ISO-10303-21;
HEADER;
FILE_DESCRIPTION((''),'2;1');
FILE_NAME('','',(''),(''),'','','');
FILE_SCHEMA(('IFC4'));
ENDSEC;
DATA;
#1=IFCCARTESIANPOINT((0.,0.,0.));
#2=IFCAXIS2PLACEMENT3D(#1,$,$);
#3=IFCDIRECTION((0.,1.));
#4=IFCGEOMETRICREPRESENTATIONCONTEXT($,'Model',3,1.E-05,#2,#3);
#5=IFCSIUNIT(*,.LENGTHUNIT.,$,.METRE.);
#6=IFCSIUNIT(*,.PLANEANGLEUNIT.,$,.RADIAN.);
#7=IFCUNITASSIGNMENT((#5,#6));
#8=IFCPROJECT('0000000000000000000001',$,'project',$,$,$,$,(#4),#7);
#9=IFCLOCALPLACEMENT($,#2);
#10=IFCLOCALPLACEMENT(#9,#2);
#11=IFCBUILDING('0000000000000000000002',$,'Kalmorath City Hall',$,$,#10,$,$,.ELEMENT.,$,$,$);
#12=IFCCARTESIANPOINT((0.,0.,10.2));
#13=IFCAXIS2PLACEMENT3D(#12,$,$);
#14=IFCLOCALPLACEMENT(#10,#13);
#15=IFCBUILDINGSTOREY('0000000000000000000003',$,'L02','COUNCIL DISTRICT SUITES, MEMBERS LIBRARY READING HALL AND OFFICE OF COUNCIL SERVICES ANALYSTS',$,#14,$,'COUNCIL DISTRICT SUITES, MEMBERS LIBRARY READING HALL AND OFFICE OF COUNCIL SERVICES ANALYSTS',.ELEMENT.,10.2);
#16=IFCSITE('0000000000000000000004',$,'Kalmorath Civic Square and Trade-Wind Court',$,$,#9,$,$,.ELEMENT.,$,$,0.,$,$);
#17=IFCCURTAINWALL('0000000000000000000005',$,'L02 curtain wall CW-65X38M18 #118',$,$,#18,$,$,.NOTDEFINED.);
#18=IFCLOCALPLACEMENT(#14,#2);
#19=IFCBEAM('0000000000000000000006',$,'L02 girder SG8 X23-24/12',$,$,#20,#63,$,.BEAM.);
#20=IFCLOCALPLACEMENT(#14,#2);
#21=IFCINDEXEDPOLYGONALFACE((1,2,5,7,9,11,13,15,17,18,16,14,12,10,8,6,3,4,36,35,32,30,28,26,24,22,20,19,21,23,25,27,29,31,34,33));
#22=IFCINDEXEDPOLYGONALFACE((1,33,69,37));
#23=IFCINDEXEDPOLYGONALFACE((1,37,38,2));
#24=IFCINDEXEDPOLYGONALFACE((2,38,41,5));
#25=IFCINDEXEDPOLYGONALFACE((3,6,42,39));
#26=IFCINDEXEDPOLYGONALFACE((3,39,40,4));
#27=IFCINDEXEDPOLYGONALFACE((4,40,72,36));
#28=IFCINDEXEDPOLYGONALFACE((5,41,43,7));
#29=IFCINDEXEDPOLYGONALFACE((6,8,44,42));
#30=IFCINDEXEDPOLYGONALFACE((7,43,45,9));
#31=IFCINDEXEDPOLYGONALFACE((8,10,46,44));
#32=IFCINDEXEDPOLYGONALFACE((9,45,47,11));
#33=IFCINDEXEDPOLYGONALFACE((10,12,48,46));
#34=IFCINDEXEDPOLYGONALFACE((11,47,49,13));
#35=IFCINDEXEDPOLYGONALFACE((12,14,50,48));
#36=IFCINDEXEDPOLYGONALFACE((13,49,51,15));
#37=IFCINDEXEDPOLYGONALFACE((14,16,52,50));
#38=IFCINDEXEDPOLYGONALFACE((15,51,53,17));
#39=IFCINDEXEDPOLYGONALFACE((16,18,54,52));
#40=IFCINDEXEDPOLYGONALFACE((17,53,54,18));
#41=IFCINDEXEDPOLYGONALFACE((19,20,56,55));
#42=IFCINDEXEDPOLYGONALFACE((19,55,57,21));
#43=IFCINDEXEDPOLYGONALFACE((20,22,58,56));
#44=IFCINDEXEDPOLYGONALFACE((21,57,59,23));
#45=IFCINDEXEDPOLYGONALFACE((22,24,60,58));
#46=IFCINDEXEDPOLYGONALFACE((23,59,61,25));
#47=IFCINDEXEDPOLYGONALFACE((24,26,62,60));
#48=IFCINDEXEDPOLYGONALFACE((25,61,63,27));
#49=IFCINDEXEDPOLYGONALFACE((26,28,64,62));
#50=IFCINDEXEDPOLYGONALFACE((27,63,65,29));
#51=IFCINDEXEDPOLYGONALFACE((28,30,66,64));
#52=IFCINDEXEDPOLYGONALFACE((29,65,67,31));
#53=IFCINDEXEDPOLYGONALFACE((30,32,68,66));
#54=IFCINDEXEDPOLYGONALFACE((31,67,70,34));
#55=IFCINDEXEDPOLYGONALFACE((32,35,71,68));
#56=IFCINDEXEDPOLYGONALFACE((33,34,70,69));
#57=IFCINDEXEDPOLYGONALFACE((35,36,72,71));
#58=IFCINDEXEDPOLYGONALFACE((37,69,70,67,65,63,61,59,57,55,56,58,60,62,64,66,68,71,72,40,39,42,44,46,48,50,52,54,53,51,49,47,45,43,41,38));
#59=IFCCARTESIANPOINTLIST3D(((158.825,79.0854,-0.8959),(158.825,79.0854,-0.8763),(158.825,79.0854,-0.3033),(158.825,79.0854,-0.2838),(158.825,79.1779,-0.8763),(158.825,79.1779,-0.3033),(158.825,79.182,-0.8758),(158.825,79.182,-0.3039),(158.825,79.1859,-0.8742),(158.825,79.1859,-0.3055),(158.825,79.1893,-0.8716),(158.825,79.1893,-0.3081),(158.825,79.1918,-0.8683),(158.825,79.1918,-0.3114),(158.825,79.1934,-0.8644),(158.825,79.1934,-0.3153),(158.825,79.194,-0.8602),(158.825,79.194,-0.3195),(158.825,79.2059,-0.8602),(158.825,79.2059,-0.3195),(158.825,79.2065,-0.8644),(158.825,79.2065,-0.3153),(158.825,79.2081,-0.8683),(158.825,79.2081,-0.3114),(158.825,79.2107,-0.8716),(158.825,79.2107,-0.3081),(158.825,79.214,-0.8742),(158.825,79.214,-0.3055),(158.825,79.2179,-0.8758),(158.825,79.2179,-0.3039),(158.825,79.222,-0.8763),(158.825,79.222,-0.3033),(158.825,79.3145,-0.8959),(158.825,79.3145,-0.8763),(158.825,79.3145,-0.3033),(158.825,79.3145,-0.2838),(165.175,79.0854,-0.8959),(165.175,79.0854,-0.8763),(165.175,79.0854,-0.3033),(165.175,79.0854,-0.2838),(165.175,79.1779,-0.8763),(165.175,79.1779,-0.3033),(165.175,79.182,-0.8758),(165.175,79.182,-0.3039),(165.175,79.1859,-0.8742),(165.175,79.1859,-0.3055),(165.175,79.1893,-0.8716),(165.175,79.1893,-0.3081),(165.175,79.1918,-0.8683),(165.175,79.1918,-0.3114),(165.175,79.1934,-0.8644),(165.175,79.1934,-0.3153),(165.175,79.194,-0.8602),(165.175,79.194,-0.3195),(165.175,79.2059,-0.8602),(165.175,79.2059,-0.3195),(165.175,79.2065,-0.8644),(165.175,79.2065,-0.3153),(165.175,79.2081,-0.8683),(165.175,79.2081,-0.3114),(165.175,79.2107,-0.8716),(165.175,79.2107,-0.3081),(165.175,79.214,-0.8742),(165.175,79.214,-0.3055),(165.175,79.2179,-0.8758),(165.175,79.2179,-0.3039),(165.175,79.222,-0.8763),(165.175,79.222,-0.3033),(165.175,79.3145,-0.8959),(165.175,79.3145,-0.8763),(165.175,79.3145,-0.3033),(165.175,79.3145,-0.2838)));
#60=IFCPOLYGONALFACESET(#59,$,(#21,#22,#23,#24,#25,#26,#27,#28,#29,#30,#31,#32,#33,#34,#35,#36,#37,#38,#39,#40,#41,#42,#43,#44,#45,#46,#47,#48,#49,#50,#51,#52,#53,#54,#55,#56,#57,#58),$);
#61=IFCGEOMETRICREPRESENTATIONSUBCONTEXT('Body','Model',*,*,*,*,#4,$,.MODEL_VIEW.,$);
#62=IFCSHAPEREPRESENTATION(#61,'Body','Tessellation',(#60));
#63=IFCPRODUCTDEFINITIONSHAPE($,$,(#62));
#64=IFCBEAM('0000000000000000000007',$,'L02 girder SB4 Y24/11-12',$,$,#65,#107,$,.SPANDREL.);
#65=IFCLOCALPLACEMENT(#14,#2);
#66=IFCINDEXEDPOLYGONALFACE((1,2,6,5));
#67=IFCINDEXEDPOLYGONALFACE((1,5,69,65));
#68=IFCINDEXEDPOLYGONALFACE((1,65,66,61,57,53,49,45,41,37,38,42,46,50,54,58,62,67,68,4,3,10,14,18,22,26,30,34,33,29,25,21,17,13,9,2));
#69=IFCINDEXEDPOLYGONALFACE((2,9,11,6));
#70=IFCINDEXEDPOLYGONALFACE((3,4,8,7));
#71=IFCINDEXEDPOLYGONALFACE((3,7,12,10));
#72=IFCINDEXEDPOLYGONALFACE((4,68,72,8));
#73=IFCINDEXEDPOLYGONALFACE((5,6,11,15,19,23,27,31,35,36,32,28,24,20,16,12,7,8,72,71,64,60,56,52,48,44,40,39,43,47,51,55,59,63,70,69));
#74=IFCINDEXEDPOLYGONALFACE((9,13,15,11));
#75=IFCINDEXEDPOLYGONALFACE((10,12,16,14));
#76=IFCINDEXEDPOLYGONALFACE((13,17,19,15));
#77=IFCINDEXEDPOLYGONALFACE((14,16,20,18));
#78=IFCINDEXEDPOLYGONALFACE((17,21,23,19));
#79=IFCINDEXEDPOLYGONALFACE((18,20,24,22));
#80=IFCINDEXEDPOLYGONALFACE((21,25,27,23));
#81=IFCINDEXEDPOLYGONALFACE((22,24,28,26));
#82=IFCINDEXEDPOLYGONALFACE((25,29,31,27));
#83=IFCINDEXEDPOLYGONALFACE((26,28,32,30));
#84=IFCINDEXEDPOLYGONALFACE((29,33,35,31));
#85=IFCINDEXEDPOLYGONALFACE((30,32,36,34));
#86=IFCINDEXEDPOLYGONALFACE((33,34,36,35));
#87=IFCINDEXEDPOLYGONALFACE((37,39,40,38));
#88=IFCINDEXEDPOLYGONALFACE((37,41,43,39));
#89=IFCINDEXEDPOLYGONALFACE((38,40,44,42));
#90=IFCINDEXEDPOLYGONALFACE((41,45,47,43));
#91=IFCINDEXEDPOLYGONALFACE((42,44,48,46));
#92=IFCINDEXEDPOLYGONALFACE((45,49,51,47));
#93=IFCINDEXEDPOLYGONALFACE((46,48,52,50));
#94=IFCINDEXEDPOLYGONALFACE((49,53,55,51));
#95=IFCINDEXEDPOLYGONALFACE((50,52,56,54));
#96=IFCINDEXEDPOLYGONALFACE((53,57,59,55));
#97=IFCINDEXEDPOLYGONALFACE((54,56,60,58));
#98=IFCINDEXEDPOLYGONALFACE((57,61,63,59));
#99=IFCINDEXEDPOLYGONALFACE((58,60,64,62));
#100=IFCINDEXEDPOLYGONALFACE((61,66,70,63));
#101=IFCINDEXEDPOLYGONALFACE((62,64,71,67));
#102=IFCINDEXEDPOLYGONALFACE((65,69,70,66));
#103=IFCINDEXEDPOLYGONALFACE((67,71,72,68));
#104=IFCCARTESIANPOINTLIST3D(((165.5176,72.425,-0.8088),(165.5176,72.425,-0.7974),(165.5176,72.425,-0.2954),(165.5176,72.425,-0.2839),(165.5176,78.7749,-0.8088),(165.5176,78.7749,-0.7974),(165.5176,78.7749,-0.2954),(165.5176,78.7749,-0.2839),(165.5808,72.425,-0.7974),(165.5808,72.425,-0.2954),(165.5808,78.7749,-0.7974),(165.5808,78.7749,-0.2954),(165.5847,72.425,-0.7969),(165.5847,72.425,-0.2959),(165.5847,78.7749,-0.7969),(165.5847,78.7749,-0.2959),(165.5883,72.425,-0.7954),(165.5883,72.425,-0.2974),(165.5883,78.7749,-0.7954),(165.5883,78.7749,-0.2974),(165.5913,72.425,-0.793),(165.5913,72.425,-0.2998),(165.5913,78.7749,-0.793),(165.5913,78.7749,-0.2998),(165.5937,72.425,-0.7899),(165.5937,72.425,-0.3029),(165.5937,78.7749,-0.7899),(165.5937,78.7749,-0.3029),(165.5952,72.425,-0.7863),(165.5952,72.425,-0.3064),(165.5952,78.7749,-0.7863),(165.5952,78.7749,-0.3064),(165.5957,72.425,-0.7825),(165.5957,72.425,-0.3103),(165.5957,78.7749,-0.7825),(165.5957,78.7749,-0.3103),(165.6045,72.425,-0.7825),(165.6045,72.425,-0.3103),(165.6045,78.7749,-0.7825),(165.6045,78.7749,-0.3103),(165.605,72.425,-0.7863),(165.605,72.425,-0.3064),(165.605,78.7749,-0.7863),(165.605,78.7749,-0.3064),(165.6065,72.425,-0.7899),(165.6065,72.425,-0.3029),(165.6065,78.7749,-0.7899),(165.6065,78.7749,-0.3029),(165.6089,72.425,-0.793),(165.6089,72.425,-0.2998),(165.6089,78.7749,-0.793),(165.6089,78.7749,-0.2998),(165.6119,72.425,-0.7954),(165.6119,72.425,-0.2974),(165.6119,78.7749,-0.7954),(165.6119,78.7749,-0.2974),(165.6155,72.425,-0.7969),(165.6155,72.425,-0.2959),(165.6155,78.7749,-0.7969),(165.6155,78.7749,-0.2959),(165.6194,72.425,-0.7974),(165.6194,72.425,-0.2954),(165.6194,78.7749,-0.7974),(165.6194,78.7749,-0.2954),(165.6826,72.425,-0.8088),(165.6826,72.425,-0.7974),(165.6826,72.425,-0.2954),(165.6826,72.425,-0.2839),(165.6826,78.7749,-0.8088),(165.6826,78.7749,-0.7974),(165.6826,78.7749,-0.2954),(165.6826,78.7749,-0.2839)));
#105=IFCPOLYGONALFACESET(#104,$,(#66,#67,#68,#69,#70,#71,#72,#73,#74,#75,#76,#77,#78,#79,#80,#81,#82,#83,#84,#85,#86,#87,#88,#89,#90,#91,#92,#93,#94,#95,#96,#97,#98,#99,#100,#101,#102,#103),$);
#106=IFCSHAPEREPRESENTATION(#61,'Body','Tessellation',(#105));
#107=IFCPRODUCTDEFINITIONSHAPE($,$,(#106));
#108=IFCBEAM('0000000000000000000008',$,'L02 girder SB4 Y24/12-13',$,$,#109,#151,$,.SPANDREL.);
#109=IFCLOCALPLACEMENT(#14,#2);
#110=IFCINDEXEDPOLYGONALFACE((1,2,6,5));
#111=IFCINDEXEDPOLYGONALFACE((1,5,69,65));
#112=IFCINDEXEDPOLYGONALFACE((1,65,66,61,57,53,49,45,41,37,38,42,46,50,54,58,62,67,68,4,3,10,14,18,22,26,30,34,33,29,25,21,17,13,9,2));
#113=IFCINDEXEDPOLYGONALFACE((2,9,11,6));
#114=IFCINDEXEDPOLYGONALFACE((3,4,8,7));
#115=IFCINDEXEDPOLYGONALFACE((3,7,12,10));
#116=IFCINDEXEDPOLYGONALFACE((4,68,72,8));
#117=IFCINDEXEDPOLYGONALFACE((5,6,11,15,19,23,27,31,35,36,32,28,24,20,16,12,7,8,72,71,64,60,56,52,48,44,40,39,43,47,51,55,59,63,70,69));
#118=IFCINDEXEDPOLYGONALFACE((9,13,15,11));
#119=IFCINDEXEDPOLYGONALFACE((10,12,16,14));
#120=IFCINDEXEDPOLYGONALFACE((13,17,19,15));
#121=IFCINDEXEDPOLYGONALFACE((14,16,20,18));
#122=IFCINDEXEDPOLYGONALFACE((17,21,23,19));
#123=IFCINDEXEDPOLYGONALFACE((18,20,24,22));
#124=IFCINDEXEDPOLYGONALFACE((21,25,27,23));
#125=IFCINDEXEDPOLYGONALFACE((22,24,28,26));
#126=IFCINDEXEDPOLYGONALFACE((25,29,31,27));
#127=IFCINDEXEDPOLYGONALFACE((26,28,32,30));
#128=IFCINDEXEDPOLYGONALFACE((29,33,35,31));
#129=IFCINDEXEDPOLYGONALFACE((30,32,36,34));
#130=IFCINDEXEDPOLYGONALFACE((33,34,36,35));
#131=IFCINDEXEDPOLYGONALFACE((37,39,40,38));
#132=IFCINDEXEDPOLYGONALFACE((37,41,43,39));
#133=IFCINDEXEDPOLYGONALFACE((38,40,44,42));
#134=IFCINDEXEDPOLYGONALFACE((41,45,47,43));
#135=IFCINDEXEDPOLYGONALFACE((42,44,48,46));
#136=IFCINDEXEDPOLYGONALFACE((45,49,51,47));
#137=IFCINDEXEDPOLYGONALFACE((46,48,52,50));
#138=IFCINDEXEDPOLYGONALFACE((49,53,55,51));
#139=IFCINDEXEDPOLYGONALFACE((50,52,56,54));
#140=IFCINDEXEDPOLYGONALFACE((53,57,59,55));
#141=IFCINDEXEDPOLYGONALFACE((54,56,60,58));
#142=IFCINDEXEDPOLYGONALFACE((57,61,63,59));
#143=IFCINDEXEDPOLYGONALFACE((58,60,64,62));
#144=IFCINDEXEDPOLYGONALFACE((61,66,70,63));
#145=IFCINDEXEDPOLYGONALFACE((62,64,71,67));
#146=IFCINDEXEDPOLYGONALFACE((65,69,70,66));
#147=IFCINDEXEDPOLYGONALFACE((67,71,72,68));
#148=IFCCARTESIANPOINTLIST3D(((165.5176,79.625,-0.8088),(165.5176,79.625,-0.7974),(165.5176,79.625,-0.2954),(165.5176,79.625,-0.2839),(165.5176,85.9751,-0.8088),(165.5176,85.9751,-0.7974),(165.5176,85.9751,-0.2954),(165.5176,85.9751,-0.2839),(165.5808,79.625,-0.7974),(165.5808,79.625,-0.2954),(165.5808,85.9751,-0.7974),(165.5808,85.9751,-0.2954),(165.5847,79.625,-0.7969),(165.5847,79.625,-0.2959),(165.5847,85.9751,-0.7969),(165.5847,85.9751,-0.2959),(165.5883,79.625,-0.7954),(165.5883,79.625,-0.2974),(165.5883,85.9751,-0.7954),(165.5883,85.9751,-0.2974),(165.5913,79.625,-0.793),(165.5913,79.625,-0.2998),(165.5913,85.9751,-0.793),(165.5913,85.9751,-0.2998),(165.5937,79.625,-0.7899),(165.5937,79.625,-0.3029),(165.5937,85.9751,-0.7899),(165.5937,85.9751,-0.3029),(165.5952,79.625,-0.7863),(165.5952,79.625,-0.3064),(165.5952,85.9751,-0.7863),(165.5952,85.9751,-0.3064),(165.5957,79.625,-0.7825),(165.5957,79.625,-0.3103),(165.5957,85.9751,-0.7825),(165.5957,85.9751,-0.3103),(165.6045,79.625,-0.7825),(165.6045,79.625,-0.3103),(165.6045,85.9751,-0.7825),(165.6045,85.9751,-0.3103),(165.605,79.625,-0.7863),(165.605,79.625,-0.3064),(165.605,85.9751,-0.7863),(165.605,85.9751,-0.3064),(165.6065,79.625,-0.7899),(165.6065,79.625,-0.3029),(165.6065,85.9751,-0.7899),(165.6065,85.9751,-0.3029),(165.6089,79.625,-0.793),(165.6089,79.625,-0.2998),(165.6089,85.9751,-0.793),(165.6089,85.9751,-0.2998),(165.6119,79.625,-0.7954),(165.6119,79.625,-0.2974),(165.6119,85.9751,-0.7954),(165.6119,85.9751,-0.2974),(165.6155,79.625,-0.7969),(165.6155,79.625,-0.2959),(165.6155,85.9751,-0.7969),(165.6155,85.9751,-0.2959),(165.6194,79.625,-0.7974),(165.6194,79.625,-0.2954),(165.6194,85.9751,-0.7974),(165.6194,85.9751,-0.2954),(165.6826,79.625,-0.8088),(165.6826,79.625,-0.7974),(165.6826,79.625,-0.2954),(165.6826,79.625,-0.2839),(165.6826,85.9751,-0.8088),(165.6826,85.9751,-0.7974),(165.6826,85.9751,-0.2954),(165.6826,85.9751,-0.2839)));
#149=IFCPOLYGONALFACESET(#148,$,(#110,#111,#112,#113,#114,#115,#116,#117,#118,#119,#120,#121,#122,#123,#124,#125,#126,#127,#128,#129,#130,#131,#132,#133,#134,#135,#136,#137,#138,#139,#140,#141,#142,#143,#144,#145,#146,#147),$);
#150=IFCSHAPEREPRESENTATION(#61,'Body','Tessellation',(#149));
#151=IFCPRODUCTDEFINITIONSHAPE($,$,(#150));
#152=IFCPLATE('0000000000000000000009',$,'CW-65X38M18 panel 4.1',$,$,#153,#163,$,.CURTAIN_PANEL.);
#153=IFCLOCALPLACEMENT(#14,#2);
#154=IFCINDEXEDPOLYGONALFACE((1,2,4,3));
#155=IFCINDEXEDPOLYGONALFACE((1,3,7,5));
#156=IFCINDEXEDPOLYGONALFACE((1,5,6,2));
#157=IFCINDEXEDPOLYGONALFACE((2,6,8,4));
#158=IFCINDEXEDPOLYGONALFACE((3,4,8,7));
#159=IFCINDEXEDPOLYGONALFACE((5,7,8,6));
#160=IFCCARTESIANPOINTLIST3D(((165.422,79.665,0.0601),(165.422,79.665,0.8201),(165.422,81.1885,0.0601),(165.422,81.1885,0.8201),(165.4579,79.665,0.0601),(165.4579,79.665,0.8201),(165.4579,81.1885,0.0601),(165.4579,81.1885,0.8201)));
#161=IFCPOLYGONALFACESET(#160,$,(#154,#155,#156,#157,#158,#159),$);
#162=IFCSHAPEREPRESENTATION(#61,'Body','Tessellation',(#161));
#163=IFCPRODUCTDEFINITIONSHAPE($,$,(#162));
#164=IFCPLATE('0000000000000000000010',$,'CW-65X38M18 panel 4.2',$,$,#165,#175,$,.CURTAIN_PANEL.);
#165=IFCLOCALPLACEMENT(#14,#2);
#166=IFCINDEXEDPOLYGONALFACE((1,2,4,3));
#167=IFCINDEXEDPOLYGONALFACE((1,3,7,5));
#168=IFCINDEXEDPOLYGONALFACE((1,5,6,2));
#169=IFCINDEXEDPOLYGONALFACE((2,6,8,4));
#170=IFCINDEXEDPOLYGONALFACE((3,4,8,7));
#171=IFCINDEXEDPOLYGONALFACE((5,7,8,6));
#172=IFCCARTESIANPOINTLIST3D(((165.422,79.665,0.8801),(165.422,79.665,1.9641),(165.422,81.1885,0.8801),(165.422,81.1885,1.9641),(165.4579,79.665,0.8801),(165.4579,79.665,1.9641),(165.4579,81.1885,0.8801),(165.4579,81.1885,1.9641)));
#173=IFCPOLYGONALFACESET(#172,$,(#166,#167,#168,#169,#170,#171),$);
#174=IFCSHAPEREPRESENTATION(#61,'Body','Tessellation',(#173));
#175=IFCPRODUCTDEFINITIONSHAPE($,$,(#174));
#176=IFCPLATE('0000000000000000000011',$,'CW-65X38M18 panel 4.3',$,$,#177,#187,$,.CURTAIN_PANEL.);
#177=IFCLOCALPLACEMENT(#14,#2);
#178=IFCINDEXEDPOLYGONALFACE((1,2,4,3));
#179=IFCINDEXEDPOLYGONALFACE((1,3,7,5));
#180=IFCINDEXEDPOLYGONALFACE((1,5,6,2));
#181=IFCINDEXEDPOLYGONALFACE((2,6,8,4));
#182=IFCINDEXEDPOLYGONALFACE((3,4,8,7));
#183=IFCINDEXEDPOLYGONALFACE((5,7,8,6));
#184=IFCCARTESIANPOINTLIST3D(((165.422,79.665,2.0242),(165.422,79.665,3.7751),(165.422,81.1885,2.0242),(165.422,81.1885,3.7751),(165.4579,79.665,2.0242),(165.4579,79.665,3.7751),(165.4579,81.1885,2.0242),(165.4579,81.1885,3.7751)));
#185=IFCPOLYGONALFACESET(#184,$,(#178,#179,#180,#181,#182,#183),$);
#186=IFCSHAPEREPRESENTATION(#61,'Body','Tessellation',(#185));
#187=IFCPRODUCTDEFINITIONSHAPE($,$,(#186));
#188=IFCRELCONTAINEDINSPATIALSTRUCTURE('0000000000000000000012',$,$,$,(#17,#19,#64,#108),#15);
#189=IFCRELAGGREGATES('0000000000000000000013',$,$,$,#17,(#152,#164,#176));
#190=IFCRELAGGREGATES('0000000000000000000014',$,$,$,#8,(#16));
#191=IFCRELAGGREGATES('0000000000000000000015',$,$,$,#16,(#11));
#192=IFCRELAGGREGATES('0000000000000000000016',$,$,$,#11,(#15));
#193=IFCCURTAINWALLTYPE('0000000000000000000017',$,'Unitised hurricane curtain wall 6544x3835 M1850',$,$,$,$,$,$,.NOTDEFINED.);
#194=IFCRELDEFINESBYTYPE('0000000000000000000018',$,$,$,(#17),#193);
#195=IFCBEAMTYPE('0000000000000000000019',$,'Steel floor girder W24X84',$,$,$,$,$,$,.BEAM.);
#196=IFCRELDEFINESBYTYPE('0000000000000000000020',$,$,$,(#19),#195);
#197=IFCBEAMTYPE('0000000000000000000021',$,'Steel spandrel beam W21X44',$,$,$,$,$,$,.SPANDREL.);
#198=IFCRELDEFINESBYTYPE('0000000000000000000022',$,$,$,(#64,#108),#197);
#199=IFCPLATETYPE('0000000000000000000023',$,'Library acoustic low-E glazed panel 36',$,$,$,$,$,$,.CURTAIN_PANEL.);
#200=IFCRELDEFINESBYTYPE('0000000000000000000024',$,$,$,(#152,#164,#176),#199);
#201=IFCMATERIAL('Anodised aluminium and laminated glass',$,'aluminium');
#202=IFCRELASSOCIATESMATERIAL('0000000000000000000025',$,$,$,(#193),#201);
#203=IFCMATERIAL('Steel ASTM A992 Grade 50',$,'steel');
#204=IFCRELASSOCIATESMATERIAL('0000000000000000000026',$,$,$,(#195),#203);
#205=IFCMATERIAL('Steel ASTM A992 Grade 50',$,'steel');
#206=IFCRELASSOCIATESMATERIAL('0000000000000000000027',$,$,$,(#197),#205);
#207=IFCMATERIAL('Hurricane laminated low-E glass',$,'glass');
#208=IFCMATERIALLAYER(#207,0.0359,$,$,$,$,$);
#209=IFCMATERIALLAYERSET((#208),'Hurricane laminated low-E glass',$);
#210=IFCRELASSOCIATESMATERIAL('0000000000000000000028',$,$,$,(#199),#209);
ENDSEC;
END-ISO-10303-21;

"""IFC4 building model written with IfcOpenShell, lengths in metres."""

from ifc_helpers import new_model, si_unit, direction, frame, origin, origin_2d, place, context, subcontext, project, spatial, rectangle, i_section, extrude, material, layer, layer_set, material_profile, profile_set, type_object, element, aggregate, save


model = new_model("IFC4")

# Units and contexts
model_context = context("Model", 3, precision=1e-05, world=origin(), true_north=direction((0.0, 1.0)))
body_context = subcontext(model_context, "Body", "Model", "MODEL_VIEW")
ifc_project = project(units=[si_unit("LENGTHUNIT", "METRE"), si_unit("PLANEANGLEUNIT", "RADIAN")], contexts=[model_context])

# Site, building, storey
site_placement = place(None, origin())
site = spatial("IfcSite", under=ifc_project, at=site_placement, Name="Kalmorath Civic Square and Trade-Wind Court", CompositionType="ELEMENT", RefElevation=0.0)
building_placement = place(site_placement, origin())
building = spatial("IfcBuilding", under=site, at=building_placement, Name="Kalmorath City Hall", CompositionType="ELEMENT")
storey_placement = place(building_placement, frame((0.0, 0.0, 10.2)))
storey = spatial("IfcBuildingStorey", under=building, at=storey_placement, Name="L02", Description="COUNCIL DISTRICT SUITES, MEMBERS LIBRARY READING HALL AND OFFICE OF COUNCIL SERVICES ANALYSTS", LongName="COUNCIL DISTRICT SUITES, MEMBERS LIBRARY READING HALL AND OFFICE OF COUNCIL SERVICES ANALYSTS", CompositionType="ELEMENT", Elevation=10.2)

# Curtain wall
ifc_material_1 = material(Name="Anodised aluminium and laminated glass", Category="aluminium")
curtain_wall_type_1 = type_object("IfcCurtainWallType", Name="Unitised hurricane curtain wall 6544x3835 M1850", PredefinedType="NOTDEFINED", material=ifc_material_1)
curtain_wall_1_placement = place(storey_placement, origin())
curtain_wall_1 = element("IfcCurtainWall", 1, at=curtain_wall_1_placement, inside=storey, type_object=curtain_wall_type_1, Name="L02 curtain wall CW-65X38M18 #118", PredefinedType="NOTDEFINED")

# Beams
ifc_material_2 = material(Name="Steel ASTM A992 Grade 50", Category="steel")
ifc_material_profile_1 = material_profile(ifc_material_2, i_section(OverallWidth=0.229, OverallDepth=0.6121, WebThickness=0.012, FlangeThickness=0.0195, FilletRadius=0.0161, at=origin_2d()), Name="W24X84")
ifc_profile_set_1 = profile_set([ifc_material_profile_1], Name="Steel ASTM A992 Grade 50")
beam_type_1 = type_object("IfcBeamType", Name="Steel floor girder W24X84", PredefinedType="BEAM", material=ifc_profile_set_1)
for number, where, z_axis, x_axis, name in (
    (2, (158.825, 79.2, -0.5898), (1.0, 0.0, 0.0), (0.0, 1.0, 0.0), "L02 girder SG8 X23-24/12"),
):
    element("IfcBeam", number, at=place(storey_placement, frame(where, z_axis=z_axis, x_axis=x_axis)), inside=storey, type_object=beam_type_1, Name=name, PredefinedType="BEAM", context=body_context, shape_type="SweptSolid", body=[
        extrude(i_section(OverallWidth=0.229, OverallDepth=0.6121, WebThickness=0.012, FlangeThickness=0.0195, FilletRadius=0.0161, at=origin_2d()), origin(), (0.0, 0.0, 1.0), 6.3501),
    ])
ifc_material_3 = material(Name="Steel ASTM A992 Grade 50", Category="steel")
ifc_material_profile_2 = material_profile(ifc_material_3, i_section(OverallWidth=0.165, OverallDepth=0.5249, WebThickness=0.0088, FlangeThickness=0.0115, FilletRadius=0.0149, at=origin_2d()), Name="W21X44")
ifc_profile_set_2 = profile_set([ifc_material_profile_2], Name="Steel ASTM A992 Grade 50")
beam_type_2 = type_object("IfcBeamType", Name="Steel spandrel beam W21X44", PredefinedType="SPANDREL", material=ifc_profile_set_2)
beam_1_placement = place(storey_placement, frame((165.6001, 72.425, -0.5464), z_axis=(0.0, 1.0, 0.0), x_axis=(-1.0, 0.0, 0.0)))
element("IfcBeam", 3, at=beam_1_placement, inside=storey, type_object=beam_type_2, Name="L02 girder SB4 Y24/11-12", PredefinedType="SPANDREL", context=body_context, shape_type="SweptSolid", body=[
    extrude(i_section(OverallWidth=0.165, OverallDepth=0.5249, WebThickness=0.0088, FlangeThickness=0.0115, FilletRadius=0.0149, at=origin_2d()), origin(), (0.0, 0.0, 1.0), 6.3499),
])
beam_2_placement = place(storey_placement, frame((165.6001, 79.625, -0.5464), z_axis=(0.0, 1.0, 0.0), x_axis=(-1.0, 0.0, 0.0)))
element("IfcBeam", 4, at=beam_2_placement, inside=storey, type_object=beam_type_2, Name="L02 girder SB4 Y24/12-13", PredefinedType="SPANDREL", context=body_context, shape_type="SweptSolid", body=[
    extrude(i_section(OverallWidth=0.165, OverallDepth=0.5249, WebThickness=0.0088, FlangeThickness=0.0115, FilletRadius=0.0149, at=origin_2d()), origin(), (0.0, 0.0, 1.0), 6.3501),
])

# Plates
ifc_material_4 = material(Name="Hurricane laminated low-E glass", Category="glass")
ifc_layer_1 = layer(ifc_material_4, 0.0359)
ifc_layer_set_1 = layer_set([ifc_layer_1], Name="Hurricane laminated low-E glass")
plate_type = type_object("IfcPlateType", Name="Library acoustic low-E glazed panel 36", PredefinedType="CURTAIN_PANEL", material=ifc_layer_set_1)
plate_1_placement = place(storey_placement, frame((165.4399, 80.4268, 0.0601), z_axis=(0.0, 0.0, 1.0), x_axis=(0.0, -1.0, 0.0)))
plate_1 = element("IfcPlate", 5, at=plate_1_placement, type_object=plate_type, Name="CW-65X38M18 panel 4.1", PredefinedType="CURTAIN_PANEL", context=body_context, shape_type="SweptSolid", body=[
    extrude(rectangle(XDim=1.5234, YDim=0.0359, at=origin_2d()), origin(), (0.0, 0.0, 1.0), 0.76),
])
plate_2_placement = place(storey_placement, frame((165.4399, 80.4268, 0.8801), z_axis=(0.0, 0.0, 1.0), x_axis=(0.0, -1.0, 0.0)))
plate_2 = element("IfcPlate", 6, at=plate_2_placement, type_object=plate_type, Name="CW-65X38M18 panel 4.2", PredefinedType="CURTAIN_PANEL", context=body_context, shape_type="SweptSolid", body=[
    extrude(rectangle(XDim=1.5234, YDim=0.0359, at=origin_2d()), origin(), (0.0, 0.0, 1.0), 1.084),
])
plate_3_placement = place(storey_placement, frame((165.4399, 80.4268, 2.0242), z_axis=(0.0, 0.0, 1.0), x_axis=(0.0, -1.0, 0.0)))
plate_3 = element("IfcPlate", 7, at=plate_3_placement, type_object=plate_type, Name="CW-65X38M18 panel 4.3", PredefinedType="CURTAIN_PANEL", context=body_context, shape_type="SweptSolid", body=[
    extrude(rectangle(XDim=1.5234, YDim=0.0359, at=origin_2d()), origin(), (0.0, 0.0, 1.0), 1.751),
])
aggregate(curtain_wall_1, [plate_1, plate_2, plate_3])

save(model, "model.ifc")
